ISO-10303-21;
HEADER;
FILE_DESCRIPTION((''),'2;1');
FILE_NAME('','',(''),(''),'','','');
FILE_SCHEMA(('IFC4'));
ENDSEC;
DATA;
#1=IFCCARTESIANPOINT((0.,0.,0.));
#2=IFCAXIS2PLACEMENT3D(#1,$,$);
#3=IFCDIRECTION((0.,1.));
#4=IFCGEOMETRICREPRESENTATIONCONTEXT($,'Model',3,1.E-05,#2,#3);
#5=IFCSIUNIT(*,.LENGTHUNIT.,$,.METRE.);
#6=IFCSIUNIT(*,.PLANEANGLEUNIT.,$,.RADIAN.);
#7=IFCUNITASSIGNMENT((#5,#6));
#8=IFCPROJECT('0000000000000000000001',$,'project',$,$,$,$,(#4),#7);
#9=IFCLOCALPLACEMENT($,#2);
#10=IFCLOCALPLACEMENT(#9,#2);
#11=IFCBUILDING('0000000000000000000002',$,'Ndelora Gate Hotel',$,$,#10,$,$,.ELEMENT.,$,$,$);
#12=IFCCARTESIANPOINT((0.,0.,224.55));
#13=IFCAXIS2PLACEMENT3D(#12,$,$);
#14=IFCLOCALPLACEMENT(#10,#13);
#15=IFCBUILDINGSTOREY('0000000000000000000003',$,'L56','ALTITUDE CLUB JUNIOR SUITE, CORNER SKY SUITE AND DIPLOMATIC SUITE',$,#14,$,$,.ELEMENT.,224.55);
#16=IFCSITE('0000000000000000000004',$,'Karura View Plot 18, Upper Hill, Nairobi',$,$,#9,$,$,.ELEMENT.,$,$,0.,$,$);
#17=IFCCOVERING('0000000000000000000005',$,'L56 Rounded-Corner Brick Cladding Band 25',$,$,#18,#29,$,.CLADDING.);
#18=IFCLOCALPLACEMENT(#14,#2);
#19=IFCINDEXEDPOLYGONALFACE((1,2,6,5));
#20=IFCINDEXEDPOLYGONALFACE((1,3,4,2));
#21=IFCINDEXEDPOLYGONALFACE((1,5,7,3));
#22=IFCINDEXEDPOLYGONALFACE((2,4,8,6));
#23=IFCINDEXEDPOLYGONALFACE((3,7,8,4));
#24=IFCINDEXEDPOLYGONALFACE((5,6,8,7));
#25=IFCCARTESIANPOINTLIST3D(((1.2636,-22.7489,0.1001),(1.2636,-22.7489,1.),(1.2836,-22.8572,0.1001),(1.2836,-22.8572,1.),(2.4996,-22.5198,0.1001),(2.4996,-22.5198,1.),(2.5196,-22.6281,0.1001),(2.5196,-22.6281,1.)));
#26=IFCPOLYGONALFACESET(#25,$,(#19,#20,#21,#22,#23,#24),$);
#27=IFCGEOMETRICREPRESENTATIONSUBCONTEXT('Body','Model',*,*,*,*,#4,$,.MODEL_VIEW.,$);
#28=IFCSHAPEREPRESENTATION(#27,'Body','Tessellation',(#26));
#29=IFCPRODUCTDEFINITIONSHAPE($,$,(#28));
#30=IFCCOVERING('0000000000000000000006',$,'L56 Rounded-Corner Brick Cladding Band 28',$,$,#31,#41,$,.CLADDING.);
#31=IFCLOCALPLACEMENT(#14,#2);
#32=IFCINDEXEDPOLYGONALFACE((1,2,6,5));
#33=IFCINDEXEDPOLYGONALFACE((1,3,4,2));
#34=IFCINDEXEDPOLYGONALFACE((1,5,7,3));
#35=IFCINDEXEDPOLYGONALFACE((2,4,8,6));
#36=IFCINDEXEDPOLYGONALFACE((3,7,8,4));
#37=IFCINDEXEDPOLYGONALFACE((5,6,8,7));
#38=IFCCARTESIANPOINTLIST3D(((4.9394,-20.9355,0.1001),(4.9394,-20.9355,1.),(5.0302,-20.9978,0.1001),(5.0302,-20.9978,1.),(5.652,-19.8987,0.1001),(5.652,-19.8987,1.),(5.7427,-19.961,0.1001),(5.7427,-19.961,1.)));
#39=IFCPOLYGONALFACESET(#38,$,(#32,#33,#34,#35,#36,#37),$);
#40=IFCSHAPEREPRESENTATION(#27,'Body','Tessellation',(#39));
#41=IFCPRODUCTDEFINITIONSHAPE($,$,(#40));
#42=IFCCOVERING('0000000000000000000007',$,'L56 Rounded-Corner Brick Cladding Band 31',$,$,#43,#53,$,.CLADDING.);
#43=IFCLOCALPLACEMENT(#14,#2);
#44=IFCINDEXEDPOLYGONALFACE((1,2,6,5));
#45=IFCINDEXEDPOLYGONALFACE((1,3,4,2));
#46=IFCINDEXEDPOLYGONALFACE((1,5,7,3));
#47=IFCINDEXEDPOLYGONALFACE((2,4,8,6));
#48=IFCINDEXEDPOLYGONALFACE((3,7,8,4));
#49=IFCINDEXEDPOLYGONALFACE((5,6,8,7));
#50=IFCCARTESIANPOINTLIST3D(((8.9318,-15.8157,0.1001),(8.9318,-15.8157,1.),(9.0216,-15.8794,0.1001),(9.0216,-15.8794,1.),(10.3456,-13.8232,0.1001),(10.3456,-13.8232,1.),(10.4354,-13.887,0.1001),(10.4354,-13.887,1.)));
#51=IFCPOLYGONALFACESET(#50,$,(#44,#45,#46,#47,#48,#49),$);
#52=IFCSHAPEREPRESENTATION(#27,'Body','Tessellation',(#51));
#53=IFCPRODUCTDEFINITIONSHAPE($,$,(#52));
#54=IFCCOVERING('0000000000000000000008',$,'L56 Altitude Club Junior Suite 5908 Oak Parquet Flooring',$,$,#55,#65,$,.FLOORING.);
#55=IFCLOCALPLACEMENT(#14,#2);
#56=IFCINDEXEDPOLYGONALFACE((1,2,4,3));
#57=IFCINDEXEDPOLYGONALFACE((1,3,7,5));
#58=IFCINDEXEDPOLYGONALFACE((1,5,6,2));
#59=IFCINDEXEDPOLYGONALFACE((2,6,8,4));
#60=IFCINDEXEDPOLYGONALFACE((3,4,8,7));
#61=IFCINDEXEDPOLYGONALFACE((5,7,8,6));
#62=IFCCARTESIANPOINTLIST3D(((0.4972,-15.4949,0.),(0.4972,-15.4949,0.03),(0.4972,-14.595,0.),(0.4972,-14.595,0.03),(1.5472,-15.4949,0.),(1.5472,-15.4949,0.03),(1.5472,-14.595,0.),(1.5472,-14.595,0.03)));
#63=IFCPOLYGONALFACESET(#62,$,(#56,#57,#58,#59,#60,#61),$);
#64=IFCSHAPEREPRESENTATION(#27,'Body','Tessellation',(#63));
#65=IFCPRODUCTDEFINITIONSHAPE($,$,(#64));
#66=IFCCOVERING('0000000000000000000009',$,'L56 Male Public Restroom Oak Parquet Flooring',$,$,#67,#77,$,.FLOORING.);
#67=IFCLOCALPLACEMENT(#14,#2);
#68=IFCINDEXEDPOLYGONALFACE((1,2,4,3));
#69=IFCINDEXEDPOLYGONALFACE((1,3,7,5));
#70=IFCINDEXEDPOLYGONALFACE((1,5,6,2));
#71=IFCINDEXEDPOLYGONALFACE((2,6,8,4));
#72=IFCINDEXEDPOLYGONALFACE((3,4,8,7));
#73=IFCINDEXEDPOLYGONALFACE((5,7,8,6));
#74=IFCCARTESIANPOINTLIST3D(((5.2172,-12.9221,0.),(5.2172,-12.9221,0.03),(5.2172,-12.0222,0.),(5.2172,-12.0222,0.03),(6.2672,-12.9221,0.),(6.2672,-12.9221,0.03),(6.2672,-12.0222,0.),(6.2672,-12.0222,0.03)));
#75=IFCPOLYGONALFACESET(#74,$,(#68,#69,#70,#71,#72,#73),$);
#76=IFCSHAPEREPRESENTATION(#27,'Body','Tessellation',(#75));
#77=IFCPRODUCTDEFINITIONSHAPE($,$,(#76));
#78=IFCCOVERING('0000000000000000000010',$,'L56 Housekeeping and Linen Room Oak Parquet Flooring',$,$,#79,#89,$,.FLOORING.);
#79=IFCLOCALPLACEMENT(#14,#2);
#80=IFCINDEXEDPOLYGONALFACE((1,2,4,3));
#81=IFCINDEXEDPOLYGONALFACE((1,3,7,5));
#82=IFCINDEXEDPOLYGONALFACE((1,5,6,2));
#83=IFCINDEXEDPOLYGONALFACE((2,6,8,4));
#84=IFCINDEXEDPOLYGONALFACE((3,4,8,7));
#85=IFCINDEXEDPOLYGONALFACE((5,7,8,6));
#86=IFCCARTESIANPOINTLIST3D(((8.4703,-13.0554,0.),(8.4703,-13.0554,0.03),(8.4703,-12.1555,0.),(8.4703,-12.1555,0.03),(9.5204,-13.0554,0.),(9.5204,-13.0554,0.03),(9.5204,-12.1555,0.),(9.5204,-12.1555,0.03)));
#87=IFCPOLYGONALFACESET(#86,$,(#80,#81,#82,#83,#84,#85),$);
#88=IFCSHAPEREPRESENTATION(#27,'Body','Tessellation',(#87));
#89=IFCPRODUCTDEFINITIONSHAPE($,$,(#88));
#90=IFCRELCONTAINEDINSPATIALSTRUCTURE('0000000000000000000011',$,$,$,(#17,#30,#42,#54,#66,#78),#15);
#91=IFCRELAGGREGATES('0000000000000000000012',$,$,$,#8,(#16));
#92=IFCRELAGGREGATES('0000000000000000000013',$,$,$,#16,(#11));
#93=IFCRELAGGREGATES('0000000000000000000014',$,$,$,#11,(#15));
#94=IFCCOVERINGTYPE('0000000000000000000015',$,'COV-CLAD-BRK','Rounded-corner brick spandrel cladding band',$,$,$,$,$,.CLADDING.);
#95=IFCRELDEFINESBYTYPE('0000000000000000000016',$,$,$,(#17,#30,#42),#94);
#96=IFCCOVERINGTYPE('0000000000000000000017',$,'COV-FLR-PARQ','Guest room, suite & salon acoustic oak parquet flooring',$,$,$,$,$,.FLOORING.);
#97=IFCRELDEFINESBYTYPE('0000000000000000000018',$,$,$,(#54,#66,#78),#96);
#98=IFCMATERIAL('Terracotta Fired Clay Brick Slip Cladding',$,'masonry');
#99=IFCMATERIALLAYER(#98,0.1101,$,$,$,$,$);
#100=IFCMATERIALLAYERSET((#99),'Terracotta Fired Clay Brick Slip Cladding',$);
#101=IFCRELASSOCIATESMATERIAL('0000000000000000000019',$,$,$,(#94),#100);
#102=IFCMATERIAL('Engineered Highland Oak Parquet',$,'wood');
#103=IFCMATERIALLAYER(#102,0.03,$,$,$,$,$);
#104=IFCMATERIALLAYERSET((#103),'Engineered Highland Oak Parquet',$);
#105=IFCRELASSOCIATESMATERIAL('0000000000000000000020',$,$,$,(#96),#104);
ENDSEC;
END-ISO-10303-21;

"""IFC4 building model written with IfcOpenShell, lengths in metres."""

from ifc_helpers import new_model, si_unit, direction, frame, origin, origin_2d, place, context, subcontext, project, spatial, rectangle, extrude, material, layer, layer_set, type_object, element, save


model = new_model("IFC4")

# Units and contexts
model_context = context("Model", 3, precision=1e-05, world=origin(), true_north=direction((0.0, 1.0)))
body_context = subcontext(model_context, "Body", "Model", "MODEL_VIEW")
ifc_project = project(units=[si_unit("LENGTHUNIT", "METRE"), si_unit("PLANEANGLEUNIT", "RADIAN")], contexts=[model_context])

# Site, building, storey
site_placement = place(None, origin())
site = spatial("IfcSite", under=ifc_project, at=site_placement, Name="Karura View Plot 18, Upper Hill, Nairobi", CompositionType="ELEMENT", RefElevation=0.0)
building_placement = place(site_placement, origin())
building = spatial("IfcBuilding", under=site, at=building_placement, Name="Ndelora Gate Hotel", CompositionType="ELEMENT")
storey_placement = place(building_placement, frame((0.0, 0.0, 224.55)))
storey = spatial("IfcBuildingStorey", under=building, at=storey_placement, Name="L56", Description="ALTITUDE CLUB JUNIOR SUITE, CORNER SKY SUITE AND DIPLOMATIC SUITE", CompositionType="ELEMENT", Elevation=224.55)

# Coverings
ifc_material_1 = material(Name="Terracotta Fired Clay Brick Slip Cladding", Category="masonry")
ifc_layer_1 = layer(ifc_material_1, 0.1101)
ifc_layer_set_1 = layer_set([ifc_layer_1], Name="Terracotta Fired Clay Brick Slip Cladding")
covering_type_1 = type_object("IfcCoveringType", Name="COV-CLAD-BRK", Description="Rounded-corner brick spandrel cladding band", PredefinedType="CLADDING", material=ifc_layer_set_1)
covering_1_placement = place(storey_placement, frame((1.8916, -22.6885, 0.1001), z_axis=(0.0, 0.0, 1.0), x_axis=(0.983255, 0.182236, 0.0)))
element("IfcCovering", 1, at=covering_1_placement, inside=storey, type_object=covering_type_1, Name="L56 Rounded-Corner Brick Cladding Band 25", PredefinedType="CLADDING", context=body_context, shape_type="SweptSolid", body=[
    extrude(rectangle(XDim=1.2571, YDim=0.1101, at=origin_2d()), origin(), (0.0, 0.0, 1.0), 0.8999),
])
covering_2_placement = place(storey_placement, frame((5.3411, -20.4482, 0.1001), z_axis=(0.0, 0.0, 1.0), x_axis=(0.566406, 0.824126, 0.0)))
element("IfcCovering", 2, at=covering_2_placement, inside=storey, type_object=covering_type_1, Name="L56 Rounded-Corner Brick Cladding Band 28", PredefinedType="CLADDING", context=body_context, shape_type="SweptSolid", body=[
    extrude(rectangle(XDim=1.2581, YDim=0.1101, at=origin_2d()), origin(), (0.0, 0.0, 1.0), 0.8999),
])
covering_3_placement = place(storey_placement, frame((9.6836, -14.8513, 0.1001), z_axis=(0.0, 0.0, 1.0), x_axis=(0.578712, 0.815532, 0.0)))
element("IfcCovering", 3, at=covering_3_placement, inside=storey, type_object=covering_type_1, Name="L56 Rounded-Corner Brick Cladding Band 31", PredefinedType="CLADDING", context=body_context, shape_type="SweptSolid", body=[
    extrude(rectangle(XDim=2.4431, YDim=0.1101, at=origin_2d()), origin(), (0.0, 0.0, 1.0), 0.8999),
])
ifc_material_2 = material(Name="Engineered Highland Oak Parquet", Category="wood")
ifc_layer_2 = layer(ifc_material_2, 0.03)
ifc_layer_set_2 = layer_set([ifc_layer_2], Name="Engineered Highland Oak Parquet")
covering_type_2 = type_object("IfcCoveringType", Name="COV-FLR-PARQ", Description="Guest room, suite & salon acoustic oak parquet flooring", PredefinedType="FLOORING", material=ifc_layer_set_2)
for number, where, z_axis, x_axis, name in (
    (4, (1.0222, -15.0449, 0.0), (0.0, 0.0, 1.0), (1.0, 0.0, 0.0), "L56 Altitude Club Junior Suite 5908 Oak Parquet Flooring"),
    (5, (5.7422, -12.4722, 0.0), (0.0, 0.0, 1.0), (1.0, 0.0, 0.0), "L56 Male Public Restroom Oak Parquet Flooring"),
    (6, (8.9954, -12.6055, 0.0), (0.0, 0.0, 1.0), (1.0, 0.0, 0.0), "L56 Housekeeping and Linen Room Oak Parquet Flooring"),
):
    element("IfcCovering", number, at=place(storey_placement, frame(where, z_axis=z_axis, x_axis=x_axis)), inside=storey, type_object=covering_type_2, Name=name, PredefinedType="FLOORING", context=body_context, shape_type="SweptSolid", body=[
        extrude(rectangle(XDim=1.05, YDim=0.8999, at=origin_2d()), origin(), (0.0, 0.0, 1.0), 0.03),
    ])

save(model, "model.ifc")
